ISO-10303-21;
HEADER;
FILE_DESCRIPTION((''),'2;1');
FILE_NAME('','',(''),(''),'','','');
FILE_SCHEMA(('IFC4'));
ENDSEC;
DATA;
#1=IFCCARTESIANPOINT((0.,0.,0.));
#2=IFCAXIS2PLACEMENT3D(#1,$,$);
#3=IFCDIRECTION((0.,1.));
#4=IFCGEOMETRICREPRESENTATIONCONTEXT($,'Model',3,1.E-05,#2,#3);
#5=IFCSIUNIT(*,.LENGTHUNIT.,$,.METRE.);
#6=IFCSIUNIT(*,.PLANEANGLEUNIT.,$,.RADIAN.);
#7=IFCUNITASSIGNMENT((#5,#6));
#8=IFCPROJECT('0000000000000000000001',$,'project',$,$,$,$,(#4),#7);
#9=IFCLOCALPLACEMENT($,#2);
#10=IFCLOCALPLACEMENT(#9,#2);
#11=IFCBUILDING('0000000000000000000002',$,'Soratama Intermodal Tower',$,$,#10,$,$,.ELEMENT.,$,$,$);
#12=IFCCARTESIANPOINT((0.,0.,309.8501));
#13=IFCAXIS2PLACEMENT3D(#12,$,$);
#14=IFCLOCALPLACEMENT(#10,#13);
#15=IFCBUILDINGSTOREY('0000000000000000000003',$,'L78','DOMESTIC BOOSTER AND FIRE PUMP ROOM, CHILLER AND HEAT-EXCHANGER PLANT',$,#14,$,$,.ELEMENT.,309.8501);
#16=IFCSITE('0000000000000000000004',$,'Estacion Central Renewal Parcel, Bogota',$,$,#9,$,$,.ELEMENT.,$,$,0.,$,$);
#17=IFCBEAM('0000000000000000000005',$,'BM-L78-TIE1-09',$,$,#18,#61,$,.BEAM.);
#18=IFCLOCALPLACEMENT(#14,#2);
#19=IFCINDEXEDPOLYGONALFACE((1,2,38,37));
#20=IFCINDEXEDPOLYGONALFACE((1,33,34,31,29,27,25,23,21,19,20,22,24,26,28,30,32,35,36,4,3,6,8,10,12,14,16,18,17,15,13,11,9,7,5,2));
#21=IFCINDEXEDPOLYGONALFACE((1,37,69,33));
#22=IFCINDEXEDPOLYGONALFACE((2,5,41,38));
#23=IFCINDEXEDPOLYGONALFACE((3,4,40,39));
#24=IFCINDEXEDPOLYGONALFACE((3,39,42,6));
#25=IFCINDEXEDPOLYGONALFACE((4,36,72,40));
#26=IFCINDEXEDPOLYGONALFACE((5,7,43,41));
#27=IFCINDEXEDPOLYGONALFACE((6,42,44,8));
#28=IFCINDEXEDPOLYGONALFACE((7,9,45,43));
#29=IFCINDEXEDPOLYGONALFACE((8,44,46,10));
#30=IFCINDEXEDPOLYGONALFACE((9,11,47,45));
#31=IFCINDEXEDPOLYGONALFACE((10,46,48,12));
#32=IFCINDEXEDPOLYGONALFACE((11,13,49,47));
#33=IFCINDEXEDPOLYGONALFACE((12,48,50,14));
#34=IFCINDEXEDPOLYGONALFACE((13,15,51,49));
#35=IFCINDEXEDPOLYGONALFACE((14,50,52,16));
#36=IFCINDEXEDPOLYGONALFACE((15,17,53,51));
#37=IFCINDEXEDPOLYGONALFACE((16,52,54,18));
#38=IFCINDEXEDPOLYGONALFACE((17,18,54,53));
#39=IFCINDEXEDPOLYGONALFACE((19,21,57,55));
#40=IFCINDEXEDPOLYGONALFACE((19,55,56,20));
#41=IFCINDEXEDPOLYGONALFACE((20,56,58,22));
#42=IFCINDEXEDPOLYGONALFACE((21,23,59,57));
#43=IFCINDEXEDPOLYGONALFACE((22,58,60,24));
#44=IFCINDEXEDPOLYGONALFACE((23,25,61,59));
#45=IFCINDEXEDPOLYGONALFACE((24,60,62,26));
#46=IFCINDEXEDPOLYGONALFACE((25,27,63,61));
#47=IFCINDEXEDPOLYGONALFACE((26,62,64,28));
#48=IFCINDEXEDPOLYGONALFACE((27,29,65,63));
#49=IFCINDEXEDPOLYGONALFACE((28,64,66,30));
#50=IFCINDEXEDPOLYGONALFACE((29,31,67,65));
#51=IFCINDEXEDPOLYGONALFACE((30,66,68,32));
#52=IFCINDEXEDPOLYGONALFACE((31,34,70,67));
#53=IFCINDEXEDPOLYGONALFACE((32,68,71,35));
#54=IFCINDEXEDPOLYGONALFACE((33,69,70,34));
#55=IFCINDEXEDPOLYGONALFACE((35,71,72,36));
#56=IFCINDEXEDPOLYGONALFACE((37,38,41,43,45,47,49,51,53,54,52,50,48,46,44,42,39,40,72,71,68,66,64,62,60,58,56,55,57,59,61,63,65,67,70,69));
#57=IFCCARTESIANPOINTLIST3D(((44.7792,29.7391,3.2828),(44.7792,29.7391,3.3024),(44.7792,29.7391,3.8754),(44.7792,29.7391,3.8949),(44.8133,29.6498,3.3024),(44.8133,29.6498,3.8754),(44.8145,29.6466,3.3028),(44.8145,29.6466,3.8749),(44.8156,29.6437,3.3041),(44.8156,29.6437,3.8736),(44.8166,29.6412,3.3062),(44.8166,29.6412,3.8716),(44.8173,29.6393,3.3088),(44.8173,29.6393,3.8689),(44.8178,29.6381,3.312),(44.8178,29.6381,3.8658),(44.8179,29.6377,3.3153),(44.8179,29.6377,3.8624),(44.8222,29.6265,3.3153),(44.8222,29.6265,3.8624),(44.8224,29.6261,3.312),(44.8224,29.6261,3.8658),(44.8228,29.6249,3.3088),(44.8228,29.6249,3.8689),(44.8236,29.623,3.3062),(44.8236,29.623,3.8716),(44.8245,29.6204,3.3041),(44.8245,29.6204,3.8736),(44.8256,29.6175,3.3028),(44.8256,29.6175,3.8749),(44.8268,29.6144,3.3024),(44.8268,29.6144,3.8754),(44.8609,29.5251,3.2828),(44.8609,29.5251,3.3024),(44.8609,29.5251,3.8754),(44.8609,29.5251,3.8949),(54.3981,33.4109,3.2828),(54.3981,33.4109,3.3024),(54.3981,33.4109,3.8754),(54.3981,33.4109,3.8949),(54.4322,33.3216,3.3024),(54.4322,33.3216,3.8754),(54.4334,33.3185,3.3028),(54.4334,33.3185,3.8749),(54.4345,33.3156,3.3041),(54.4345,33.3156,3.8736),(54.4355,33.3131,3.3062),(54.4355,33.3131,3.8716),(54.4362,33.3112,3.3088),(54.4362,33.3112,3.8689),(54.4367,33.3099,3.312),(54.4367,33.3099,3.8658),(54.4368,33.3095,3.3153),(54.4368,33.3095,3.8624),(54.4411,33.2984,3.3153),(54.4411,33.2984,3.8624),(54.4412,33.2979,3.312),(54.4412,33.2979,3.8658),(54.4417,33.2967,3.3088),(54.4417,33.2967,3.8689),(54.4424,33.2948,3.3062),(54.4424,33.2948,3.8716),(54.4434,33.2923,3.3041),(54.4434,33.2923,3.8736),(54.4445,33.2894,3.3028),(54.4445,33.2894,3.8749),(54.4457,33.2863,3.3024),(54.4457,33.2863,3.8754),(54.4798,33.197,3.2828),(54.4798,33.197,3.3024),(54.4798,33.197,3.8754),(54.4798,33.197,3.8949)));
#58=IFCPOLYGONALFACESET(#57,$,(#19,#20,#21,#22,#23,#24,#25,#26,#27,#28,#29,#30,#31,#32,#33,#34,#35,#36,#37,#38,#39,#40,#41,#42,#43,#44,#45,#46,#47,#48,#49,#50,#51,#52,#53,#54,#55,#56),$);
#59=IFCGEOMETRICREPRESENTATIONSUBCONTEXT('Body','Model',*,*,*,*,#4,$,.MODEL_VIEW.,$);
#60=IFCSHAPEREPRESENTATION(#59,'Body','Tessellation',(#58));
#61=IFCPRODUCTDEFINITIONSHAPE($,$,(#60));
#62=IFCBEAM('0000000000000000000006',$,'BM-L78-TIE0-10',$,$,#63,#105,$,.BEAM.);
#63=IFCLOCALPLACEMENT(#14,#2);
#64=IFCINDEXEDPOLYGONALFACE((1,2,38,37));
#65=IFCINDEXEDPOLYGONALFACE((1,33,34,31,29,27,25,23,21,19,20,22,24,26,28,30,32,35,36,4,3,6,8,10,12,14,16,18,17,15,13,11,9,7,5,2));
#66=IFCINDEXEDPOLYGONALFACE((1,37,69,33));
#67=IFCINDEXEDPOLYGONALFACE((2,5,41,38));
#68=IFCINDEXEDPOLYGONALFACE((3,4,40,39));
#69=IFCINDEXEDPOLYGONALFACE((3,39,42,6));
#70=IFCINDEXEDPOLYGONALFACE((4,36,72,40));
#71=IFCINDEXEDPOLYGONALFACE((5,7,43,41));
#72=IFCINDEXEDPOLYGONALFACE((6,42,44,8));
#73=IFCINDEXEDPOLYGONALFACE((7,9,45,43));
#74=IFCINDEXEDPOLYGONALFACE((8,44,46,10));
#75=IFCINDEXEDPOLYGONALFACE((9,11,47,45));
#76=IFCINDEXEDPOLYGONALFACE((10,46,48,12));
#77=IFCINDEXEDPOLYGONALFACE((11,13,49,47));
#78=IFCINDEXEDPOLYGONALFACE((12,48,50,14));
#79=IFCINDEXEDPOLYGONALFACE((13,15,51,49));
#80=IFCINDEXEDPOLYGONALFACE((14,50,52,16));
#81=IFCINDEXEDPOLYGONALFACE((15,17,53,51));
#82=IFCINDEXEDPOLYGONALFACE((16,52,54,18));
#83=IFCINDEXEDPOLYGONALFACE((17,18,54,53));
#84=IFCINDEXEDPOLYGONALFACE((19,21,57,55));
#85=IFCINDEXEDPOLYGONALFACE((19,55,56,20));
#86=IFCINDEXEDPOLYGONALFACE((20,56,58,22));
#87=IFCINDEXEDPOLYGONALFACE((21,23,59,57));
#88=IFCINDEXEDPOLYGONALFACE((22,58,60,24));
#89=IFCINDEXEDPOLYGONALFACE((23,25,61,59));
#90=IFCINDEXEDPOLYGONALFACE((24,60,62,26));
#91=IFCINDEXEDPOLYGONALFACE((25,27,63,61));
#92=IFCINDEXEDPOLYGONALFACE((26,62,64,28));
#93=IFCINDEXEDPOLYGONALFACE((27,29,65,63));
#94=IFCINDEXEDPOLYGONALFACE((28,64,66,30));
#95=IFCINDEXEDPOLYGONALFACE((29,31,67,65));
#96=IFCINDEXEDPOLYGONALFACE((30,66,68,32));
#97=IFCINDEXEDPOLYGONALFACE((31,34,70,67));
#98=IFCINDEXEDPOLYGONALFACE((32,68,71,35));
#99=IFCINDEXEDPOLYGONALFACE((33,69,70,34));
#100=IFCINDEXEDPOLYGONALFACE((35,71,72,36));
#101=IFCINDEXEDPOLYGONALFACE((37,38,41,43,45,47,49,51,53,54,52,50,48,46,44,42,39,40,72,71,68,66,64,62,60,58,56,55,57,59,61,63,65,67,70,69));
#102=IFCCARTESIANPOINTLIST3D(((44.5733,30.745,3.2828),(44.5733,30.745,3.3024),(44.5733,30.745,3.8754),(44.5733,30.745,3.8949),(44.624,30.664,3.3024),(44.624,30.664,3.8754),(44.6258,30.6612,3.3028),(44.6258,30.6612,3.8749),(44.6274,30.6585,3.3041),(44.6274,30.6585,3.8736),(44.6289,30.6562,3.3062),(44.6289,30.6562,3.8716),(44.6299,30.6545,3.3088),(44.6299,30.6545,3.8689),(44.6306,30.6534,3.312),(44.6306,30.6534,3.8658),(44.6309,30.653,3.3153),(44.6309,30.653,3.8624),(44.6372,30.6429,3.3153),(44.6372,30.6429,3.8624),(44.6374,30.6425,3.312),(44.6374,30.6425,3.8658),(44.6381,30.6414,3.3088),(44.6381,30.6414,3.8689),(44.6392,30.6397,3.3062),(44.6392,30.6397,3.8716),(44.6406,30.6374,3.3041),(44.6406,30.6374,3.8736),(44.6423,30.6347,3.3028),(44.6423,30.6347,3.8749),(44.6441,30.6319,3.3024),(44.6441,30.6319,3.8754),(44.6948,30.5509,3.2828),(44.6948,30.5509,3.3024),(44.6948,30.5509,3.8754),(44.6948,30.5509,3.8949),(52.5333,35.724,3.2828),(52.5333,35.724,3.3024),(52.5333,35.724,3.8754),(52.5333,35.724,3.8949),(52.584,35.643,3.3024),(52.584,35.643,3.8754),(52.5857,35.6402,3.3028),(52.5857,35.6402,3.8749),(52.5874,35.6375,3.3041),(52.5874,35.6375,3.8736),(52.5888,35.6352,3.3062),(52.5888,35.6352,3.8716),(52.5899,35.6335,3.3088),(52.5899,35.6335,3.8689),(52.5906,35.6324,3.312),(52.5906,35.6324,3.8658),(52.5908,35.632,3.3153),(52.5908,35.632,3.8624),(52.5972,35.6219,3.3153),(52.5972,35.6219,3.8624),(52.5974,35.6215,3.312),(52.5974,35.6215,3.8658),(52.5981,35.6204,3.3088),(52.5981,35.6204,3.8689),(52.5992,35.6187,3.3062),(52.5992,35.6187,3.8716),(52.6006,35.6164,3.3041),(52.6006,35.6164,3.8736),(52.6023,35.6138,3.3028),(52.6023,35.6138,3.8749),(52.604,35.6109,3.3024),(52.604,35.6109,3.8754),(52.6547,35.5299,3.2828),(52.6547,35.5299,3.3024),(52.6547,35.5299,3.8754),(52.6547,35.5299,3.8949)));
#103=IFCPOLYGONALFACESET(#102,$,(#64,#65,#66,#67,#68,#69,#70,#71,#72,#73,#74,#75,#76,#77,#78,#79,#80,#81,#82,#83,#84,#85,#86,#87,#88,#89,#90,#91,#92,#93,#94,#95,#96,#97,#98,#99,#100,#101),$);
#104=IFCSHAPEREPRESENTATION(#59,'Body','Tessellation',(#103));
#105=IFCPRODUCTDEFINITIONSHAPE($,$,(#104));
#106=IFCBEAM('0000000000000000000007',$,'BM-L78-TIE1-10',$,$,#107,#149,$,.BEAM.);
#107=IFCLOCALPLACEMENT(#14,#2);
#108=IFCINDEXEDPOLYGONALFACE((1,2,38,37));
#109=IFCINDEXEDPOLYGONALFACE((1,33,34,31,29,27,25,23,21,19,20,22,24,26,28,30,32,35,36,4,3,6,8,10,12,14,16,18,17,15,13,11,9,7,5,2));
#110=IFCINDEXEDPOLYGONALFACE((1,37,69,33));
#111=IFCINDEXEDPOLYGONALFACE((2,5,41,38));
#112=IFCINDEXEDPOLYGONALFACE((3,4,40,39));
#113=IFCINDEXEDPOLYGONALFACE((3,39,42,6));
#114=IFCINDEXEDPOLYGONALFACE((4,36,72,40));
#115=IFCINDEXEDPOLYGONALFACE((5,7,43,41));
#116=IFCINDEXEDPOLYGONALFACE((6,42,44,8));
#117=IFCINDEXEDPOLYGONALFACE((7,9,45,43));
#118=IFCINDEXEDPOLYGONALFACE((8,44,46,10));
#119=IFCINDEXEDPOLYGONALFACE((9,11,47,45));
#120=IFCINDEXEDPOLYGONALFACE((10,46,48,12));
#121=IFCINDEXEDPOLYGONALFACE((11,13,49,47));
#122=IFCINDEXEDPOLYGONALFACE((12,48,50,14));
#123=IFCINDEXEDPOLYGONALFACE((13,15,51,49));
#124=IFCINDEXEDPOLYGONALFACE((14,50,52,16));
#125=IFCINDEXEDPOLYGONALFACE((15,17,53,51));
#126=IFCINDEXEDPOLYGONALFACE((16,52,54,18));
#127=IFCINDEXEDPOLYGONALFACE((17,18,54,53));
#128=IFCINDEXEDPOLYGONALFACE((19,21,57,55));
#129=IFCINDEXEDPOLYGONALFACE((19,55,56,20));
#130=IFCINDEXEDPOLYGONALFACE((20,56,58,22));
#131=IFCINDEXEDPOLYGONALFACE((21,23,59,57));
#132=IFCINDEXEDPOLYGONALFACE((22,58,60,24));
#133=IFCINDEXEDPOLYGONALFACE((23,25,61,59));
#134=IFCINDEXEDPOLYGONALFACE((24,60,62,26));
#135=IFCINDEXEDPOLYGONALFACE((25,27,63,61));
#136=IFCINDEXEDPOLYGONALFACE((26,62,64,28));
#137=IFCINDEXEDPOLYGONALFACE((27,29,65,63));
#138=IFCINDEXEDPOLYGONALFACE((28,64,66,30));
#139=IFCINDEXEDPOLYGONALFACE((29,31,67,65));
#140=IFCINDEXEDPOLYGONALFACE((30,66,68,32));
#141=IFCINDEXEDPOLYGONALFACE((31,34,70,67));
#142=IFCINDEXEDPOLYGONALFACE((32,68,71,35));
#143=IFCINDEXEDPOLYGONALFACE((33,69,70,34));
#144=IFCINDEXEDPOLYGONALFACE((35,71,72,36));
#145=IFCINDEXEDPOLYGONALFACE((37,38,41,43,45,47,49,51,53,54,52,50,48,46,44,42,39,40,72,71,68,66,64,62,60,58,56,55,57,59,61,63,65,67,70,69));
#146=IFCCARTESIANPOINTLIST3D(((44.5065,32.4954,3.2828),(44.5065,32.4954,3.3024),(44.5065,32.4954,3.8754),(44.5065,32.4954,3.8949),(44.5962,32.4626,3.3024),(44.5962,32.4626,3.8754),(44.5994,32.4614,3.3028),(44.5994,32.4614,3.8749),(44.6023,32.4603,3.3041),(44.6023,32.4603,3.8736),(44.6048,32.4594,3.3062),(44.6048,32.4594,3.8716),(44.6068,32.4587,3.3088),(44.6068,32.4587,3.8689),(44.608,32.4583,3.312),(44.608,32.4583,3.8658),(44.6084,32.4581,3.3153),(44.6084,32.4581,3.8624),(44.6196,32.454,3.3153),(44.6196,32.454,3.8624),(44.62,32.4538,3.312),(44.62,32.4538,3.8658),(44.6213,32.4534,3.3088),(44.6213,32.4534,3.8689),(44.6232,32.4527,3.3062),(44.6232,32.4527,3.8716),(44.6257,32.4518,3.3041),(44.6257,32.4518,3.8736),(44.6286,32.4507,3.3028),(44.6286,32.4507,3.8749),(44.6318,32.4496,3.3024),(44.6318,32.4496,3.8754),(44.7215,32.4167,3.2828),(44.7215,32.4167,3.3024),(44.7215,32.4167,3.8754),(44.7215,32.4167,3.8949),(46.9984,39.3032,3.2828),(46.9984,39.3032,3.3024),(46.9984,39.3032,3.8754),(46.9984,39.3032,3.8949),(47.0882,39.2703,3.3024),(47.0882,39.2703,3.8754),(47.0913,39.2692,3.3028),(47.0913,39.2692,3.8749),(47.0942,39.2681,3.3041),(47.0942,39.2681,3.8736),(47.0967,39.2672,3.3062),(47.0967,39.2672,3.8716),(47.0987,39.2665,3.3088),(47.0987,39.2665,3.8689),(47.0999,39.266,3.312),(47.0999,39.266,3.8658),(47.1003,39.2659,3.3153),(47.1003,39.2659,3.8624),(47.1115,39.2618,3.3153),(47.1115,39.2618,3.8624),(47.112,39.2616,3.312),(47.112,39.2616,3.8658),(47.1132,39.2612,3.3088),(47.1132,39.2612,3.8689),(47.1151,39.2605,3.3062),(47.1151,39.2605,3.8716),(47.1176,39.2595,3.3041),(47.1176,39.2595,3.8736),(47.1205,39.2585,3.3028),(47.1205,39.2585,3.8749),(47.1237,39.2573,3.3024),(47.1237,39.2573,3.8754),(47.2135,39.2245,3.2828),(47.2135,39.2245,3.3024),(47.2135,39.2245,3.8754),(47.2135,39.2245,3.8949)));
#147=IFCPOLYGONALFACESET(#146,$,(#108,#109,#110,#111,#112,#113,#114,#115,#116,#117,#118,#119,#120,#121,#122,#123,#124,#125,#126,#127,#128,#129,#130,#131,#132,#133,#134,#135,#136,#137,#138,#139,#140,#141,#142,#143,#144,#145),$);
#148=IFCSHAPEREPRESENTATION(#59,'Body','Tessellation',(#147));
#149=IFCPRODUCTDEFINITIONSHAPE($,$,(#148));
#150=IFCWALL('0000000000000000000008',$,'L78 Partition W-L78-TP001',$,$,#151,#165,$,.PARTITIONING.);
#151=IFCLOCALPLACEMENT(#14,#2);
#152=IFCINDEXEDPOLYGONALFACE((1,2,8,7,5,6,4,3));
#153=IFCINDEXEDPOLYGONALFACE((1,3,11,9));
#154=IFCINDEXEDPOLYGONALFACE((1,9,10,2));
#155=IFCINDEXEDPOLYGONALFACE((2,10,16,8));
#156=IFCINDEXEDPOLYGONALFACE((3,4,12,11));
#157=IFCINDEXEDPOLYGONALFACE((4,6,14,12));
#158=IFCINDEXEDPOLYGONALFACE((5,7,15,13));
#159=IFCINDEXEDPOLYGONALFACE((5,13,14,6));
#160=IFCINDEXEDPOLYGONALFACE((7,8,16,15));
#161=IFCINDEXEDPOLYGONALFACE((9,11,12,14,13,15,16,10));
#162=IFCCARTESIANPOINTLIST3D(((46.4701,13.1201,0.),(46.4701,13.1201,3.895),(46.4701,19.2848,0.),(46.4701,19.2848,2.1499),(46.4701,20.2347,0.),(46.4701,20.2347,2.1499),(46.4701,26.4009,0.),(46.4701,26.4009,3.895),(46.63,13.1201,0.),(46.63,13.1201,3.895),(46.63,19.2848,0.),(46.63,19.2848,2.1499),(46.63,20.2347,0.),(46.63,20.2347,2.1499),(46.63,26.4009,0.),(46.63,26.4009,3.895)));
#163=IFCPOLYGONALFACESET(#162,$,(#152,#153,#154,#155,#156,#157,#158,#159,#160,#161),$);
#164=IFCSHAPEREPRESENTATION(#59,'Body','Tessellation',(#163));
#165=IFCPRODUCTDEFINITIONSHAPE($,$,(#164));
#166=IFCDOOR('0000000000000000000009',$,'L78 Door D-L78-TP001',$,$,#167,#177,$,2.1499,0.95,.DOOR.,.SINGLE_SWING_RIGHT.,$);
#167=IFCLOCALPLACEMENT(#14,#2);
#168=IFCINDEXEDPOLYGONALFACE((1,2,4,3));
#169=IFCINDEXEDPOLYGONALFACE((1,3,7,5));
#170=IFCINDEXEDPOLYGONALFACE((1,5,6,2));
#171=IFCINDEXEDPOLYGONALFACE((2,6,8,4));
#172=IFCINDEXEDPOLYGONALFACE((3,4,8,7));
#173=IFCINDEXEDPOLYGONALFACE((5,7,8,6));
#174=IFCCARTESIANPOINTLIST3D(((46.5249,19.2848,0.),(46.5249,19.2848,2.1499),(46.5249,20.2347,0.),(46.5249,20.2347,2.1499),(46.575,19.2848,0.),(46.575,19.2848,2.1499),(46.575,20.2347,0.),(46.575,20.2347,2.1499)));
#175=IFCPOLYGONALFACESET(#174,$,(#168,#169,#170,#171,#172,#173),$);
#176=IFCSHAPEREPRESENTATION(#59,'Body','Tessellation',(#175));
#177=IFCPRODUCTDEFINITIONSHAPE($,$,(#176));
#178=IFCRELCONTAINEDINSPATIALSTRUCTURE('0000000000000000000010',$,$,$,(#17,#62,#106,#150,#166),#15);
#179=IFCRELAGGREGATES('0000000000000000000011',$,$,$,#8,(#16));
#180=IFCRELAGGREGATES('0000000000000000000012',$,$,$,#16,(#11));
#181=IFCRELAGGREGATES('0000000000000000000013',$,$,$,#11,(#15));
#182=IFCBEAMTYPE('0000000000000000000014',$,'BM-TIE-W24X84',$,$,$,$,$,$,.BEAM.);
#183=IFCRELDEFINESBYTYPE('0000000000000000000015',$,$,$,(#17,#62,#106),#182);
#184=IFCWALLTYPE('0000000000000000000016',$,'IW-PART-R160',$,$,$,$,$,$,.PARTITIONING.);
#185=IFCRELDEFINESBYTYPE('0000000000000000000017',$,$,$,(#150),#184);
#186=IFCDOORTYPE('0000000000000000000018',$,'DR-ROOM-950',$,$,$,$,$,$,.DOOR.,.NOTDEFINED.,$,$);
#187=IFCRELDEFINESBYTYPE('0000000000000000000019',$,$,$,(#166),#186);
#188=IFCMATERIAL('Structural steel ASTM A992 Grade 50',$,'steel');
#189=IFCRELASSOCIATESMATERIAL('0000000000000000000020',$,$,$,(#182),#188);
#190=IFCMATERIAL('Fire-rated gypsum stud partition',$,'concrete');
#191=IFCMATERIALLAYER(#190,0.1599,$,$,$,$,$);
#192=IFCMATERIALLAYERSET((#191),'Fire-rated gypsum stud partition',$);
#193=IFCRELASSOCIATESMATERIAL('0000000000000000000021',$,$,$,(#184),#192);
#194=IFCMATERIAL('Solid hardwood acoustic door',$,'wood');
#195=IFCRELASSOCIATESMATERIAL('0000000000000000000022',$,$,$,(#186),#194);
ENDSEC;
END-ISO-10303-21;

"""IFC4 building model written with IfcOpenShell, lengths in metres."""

from ifc_helpers import new_model, si_unit, direction, frame, frame_2d, origin, origin_2d, place, context, subcontext, project, spatial, rectangle, i_section, extrude, material, layer, layer_set, material_profile, profile_set, type_object, element, fill, save


model = new_model("IFC4")

# Units and contexts
model_context = context("Model", 3, precision=1e-05, world=origin(), true_north=direction((0.0, 1.0)))
body_context = subcontext(model_context, "Body", "Model", "MODEL_VIEW")
ifc_project = project(units=[si_unit("LENGTHUNIT", "METRE"), si_unit("PLANEANGLEUNIT", "RADIAN")], contexts=[model_context])

# Site, building, storey
site_placement = place(None, origin())
site = spatial("IfcSite", under=ifc_project, at=site_placement, Name="Estacion Central Renewal Parcel, Bogota", CompositionType="ELEMENT", RefElevation=0.0)
building_placement = place(site_placement, origin())
building = spatial("IfcBuilding", under=site, at=building_placement, Name="Soratama Intermodal Tower", CompositionType="ELEMENT")
storey_placement = place(building_placement, frame((0.0, 0.0, 309.8501)))
storey = spatial("IfcBuildingStorey", under=building, at=storey_placement, Name="L78", Description="DOMESTIC BOOSTER AND FIRE PUMP ROOM, CHILLER AND HEAT-EXCHANGER PLANT", CompositionType="ELEMENT", Elevation=309.8501)

# Beams
ifc_material_1 = material(Name="Structural steel ASTM A992 Grade 50", Category="steel")
ifc_material_profile_1 = material_profile(ifc_material_1, i_section(OverallWidth=0.229, OverallDepth=0.6121, WebThickness=0.012, FlangeThickness=0.0195, FilletRadius=0.0129, at=origin_2d()), Name="W24X84")
ifc_profile_set_1 = profile_set([ifc_material_profile_1], Name="Structural steel ASTM A992 Grade 50")
beam_type_1 = type_object("IfcBeamType", Name="BM-TIE-W24X84", PredefinedType="BEAM", material=ifc_profile_set_1)
beam_1_placement = place(storey_placement, frame((44.8201, 29.6321, 3.5889), z_axis=(0.934244, 0.356634, 0.0), x_axis=(-0.356634, 0.934244, 0.0)))
element("IfcBeam", 1, at=beam_1_placement, inside=storey, type_object=beam_type_1, Name="BM-L78-TIE1-09", PredefinedType="BEAM", context=body_context, shape_type="SweptSolid", body=[
    extrude(i_section(OverallWidth=0.229, OverallDepth=0.6121, WebThickness=0.012, FlangeThickness=0.0195, FilletRadius=0.0129, at=origin_2d()), origin(), (0.0, 0.0, 1.0), 10.2959),
])
beam_2_placement = place(storey_placement, frame((44.634, 30.6479, 3.5889), z_axis=(0.847805, 0.530307, 0.0), x_axis=(-0.530307, 0.847805, 0.0)))
element("IfcBeam", 2, at=beam_2_placement, inside=storey, type_object=beam_type_1, Name="BM-L78-TIE0-10", PredefinedType="BEAM", context=body_context, shape_type="SweptSolid", body=[
    extrude(i_section(OverallWidth=0.229, OverallDepth=0.6121, WebThickness=0.012, FlangeThickness=0.0195, FilletRadius=0.0129, at=origin_2d()), origin(), (0.0, 0.0, 1.0), 9.3889),
])
beam_3_placement = place(storey_placement, frame((44.614, 32.4561, 3.5889), z_axis=(0.343735, 0.939067, 0.0), x_axis=(-0.939067, 0.343735, 0.0)))
element("IfcBeam", 3, at=beam_3_placement, inside=storey, type_object=beam_type_1, Name="BM-L78-TIE1-10", PredefinedType="BEAM", context=body_context, shape_type="SweptSolid", body=[
    extrude(i_section(OverallWidth=0.229, OverallDepth=0.6121, WebThickness=0.012, FlangeThickness=0.0195, FilletRadius=0.0129, at=origin_2d()), origin(), (0.0, 0.0, 1.0), 7.2495),
])

# Wall, opening, door
ifc_material_2 = material(Name="Fire-rated gypsum stud partition", Category="concrete")
ifc_layer_1 = layer(ifc_material_2, 0.1599)
ifc_layer_set_1 = layer_set([ifc_layer_1], Name="Fire-rated gypsum stud partition")
wall_type_1 = type_object("IfcWallType", Name="IW-PART-R160", PredefinedType="PARTITIONING", material=ifc_layer_set_1)
wall_1_placement = place(storey_placement, frame((46.55, 26.4009, 0.0), z_axis=(0.0, 0.0, 1.0), x_axis=(0.0, -1.0, 0.0)))
wall_1 = element("IfcWall", 4, at=wall_1_placement, inside=storey, type_object=wall_type_1, Name="L78 Partition W-L78-TP001", PredefinedType="PARTITIONING", context=body_context, shape_type="SweptSolid", body=[
    extrude(rectangle(XDim=13.2808, YDim=0.1599, at=frame_2d((6.6404, 0.0))), origin(), (0.0, 0.0, 1.0), 3.895),
])
opening_1_placement = place(wall_1_placement, frame((6.166, 0.0, 0.0)))
opening_1 = element("IfcOpeningElement", 5, at=opening_1_placement, cuts=wall_1, PredefinedType="OPENING", context=body_context, shape_type="SweptSolid", body=[
    extrude(rectangle(XDim=0.95, YDim=2.1499, at=frame_2d((0.4751, 1.075))), frame((0.0, 0.0898, 0.0), z_axis=(0.0, -1.0, 0.0), x_axis=(1.0, 0.0, 0.0)), (0.0, 0.0, 1.0), 0.1799),
])
ifc_material_3 = material(Name="Solid hardwood acoustic door", Category="wood")
door_type_1 = type_object("IfcDoorType", Name="DR-ROOM-950", OperationType="NOTDEFINED", PredefinedType="DOOR", material=ifc_material_3)
door_1_placement = place(opening_1_placement, origin())
door_1 = element("IfcDoor", 6, at=door_1_placement, inside=storey, type_object=door_type_1, Name="L78 Door D-L78-TP001", OperationType="SINGLE_SWING_RIGHT", OverallHeight=2.1499, OverallWidth=0.95, PredefinedType="DOOR", context=body_context, shape_type="SweptSolid", body=[
    extrude(rectangle(XDim=0.95, YDim=2.1499, at=frame_2d((0.4751, 1.075))), frame((0.0, 0.0249, 0.0), z_axis=(0.0, -1.0, 0.0), x_axis=(1.0, 0.0, 0.0)), (0.0, 0.0, 1.0), 0.05),
])
fill(opening_1, door_1)

save(model, "model.ifc")
